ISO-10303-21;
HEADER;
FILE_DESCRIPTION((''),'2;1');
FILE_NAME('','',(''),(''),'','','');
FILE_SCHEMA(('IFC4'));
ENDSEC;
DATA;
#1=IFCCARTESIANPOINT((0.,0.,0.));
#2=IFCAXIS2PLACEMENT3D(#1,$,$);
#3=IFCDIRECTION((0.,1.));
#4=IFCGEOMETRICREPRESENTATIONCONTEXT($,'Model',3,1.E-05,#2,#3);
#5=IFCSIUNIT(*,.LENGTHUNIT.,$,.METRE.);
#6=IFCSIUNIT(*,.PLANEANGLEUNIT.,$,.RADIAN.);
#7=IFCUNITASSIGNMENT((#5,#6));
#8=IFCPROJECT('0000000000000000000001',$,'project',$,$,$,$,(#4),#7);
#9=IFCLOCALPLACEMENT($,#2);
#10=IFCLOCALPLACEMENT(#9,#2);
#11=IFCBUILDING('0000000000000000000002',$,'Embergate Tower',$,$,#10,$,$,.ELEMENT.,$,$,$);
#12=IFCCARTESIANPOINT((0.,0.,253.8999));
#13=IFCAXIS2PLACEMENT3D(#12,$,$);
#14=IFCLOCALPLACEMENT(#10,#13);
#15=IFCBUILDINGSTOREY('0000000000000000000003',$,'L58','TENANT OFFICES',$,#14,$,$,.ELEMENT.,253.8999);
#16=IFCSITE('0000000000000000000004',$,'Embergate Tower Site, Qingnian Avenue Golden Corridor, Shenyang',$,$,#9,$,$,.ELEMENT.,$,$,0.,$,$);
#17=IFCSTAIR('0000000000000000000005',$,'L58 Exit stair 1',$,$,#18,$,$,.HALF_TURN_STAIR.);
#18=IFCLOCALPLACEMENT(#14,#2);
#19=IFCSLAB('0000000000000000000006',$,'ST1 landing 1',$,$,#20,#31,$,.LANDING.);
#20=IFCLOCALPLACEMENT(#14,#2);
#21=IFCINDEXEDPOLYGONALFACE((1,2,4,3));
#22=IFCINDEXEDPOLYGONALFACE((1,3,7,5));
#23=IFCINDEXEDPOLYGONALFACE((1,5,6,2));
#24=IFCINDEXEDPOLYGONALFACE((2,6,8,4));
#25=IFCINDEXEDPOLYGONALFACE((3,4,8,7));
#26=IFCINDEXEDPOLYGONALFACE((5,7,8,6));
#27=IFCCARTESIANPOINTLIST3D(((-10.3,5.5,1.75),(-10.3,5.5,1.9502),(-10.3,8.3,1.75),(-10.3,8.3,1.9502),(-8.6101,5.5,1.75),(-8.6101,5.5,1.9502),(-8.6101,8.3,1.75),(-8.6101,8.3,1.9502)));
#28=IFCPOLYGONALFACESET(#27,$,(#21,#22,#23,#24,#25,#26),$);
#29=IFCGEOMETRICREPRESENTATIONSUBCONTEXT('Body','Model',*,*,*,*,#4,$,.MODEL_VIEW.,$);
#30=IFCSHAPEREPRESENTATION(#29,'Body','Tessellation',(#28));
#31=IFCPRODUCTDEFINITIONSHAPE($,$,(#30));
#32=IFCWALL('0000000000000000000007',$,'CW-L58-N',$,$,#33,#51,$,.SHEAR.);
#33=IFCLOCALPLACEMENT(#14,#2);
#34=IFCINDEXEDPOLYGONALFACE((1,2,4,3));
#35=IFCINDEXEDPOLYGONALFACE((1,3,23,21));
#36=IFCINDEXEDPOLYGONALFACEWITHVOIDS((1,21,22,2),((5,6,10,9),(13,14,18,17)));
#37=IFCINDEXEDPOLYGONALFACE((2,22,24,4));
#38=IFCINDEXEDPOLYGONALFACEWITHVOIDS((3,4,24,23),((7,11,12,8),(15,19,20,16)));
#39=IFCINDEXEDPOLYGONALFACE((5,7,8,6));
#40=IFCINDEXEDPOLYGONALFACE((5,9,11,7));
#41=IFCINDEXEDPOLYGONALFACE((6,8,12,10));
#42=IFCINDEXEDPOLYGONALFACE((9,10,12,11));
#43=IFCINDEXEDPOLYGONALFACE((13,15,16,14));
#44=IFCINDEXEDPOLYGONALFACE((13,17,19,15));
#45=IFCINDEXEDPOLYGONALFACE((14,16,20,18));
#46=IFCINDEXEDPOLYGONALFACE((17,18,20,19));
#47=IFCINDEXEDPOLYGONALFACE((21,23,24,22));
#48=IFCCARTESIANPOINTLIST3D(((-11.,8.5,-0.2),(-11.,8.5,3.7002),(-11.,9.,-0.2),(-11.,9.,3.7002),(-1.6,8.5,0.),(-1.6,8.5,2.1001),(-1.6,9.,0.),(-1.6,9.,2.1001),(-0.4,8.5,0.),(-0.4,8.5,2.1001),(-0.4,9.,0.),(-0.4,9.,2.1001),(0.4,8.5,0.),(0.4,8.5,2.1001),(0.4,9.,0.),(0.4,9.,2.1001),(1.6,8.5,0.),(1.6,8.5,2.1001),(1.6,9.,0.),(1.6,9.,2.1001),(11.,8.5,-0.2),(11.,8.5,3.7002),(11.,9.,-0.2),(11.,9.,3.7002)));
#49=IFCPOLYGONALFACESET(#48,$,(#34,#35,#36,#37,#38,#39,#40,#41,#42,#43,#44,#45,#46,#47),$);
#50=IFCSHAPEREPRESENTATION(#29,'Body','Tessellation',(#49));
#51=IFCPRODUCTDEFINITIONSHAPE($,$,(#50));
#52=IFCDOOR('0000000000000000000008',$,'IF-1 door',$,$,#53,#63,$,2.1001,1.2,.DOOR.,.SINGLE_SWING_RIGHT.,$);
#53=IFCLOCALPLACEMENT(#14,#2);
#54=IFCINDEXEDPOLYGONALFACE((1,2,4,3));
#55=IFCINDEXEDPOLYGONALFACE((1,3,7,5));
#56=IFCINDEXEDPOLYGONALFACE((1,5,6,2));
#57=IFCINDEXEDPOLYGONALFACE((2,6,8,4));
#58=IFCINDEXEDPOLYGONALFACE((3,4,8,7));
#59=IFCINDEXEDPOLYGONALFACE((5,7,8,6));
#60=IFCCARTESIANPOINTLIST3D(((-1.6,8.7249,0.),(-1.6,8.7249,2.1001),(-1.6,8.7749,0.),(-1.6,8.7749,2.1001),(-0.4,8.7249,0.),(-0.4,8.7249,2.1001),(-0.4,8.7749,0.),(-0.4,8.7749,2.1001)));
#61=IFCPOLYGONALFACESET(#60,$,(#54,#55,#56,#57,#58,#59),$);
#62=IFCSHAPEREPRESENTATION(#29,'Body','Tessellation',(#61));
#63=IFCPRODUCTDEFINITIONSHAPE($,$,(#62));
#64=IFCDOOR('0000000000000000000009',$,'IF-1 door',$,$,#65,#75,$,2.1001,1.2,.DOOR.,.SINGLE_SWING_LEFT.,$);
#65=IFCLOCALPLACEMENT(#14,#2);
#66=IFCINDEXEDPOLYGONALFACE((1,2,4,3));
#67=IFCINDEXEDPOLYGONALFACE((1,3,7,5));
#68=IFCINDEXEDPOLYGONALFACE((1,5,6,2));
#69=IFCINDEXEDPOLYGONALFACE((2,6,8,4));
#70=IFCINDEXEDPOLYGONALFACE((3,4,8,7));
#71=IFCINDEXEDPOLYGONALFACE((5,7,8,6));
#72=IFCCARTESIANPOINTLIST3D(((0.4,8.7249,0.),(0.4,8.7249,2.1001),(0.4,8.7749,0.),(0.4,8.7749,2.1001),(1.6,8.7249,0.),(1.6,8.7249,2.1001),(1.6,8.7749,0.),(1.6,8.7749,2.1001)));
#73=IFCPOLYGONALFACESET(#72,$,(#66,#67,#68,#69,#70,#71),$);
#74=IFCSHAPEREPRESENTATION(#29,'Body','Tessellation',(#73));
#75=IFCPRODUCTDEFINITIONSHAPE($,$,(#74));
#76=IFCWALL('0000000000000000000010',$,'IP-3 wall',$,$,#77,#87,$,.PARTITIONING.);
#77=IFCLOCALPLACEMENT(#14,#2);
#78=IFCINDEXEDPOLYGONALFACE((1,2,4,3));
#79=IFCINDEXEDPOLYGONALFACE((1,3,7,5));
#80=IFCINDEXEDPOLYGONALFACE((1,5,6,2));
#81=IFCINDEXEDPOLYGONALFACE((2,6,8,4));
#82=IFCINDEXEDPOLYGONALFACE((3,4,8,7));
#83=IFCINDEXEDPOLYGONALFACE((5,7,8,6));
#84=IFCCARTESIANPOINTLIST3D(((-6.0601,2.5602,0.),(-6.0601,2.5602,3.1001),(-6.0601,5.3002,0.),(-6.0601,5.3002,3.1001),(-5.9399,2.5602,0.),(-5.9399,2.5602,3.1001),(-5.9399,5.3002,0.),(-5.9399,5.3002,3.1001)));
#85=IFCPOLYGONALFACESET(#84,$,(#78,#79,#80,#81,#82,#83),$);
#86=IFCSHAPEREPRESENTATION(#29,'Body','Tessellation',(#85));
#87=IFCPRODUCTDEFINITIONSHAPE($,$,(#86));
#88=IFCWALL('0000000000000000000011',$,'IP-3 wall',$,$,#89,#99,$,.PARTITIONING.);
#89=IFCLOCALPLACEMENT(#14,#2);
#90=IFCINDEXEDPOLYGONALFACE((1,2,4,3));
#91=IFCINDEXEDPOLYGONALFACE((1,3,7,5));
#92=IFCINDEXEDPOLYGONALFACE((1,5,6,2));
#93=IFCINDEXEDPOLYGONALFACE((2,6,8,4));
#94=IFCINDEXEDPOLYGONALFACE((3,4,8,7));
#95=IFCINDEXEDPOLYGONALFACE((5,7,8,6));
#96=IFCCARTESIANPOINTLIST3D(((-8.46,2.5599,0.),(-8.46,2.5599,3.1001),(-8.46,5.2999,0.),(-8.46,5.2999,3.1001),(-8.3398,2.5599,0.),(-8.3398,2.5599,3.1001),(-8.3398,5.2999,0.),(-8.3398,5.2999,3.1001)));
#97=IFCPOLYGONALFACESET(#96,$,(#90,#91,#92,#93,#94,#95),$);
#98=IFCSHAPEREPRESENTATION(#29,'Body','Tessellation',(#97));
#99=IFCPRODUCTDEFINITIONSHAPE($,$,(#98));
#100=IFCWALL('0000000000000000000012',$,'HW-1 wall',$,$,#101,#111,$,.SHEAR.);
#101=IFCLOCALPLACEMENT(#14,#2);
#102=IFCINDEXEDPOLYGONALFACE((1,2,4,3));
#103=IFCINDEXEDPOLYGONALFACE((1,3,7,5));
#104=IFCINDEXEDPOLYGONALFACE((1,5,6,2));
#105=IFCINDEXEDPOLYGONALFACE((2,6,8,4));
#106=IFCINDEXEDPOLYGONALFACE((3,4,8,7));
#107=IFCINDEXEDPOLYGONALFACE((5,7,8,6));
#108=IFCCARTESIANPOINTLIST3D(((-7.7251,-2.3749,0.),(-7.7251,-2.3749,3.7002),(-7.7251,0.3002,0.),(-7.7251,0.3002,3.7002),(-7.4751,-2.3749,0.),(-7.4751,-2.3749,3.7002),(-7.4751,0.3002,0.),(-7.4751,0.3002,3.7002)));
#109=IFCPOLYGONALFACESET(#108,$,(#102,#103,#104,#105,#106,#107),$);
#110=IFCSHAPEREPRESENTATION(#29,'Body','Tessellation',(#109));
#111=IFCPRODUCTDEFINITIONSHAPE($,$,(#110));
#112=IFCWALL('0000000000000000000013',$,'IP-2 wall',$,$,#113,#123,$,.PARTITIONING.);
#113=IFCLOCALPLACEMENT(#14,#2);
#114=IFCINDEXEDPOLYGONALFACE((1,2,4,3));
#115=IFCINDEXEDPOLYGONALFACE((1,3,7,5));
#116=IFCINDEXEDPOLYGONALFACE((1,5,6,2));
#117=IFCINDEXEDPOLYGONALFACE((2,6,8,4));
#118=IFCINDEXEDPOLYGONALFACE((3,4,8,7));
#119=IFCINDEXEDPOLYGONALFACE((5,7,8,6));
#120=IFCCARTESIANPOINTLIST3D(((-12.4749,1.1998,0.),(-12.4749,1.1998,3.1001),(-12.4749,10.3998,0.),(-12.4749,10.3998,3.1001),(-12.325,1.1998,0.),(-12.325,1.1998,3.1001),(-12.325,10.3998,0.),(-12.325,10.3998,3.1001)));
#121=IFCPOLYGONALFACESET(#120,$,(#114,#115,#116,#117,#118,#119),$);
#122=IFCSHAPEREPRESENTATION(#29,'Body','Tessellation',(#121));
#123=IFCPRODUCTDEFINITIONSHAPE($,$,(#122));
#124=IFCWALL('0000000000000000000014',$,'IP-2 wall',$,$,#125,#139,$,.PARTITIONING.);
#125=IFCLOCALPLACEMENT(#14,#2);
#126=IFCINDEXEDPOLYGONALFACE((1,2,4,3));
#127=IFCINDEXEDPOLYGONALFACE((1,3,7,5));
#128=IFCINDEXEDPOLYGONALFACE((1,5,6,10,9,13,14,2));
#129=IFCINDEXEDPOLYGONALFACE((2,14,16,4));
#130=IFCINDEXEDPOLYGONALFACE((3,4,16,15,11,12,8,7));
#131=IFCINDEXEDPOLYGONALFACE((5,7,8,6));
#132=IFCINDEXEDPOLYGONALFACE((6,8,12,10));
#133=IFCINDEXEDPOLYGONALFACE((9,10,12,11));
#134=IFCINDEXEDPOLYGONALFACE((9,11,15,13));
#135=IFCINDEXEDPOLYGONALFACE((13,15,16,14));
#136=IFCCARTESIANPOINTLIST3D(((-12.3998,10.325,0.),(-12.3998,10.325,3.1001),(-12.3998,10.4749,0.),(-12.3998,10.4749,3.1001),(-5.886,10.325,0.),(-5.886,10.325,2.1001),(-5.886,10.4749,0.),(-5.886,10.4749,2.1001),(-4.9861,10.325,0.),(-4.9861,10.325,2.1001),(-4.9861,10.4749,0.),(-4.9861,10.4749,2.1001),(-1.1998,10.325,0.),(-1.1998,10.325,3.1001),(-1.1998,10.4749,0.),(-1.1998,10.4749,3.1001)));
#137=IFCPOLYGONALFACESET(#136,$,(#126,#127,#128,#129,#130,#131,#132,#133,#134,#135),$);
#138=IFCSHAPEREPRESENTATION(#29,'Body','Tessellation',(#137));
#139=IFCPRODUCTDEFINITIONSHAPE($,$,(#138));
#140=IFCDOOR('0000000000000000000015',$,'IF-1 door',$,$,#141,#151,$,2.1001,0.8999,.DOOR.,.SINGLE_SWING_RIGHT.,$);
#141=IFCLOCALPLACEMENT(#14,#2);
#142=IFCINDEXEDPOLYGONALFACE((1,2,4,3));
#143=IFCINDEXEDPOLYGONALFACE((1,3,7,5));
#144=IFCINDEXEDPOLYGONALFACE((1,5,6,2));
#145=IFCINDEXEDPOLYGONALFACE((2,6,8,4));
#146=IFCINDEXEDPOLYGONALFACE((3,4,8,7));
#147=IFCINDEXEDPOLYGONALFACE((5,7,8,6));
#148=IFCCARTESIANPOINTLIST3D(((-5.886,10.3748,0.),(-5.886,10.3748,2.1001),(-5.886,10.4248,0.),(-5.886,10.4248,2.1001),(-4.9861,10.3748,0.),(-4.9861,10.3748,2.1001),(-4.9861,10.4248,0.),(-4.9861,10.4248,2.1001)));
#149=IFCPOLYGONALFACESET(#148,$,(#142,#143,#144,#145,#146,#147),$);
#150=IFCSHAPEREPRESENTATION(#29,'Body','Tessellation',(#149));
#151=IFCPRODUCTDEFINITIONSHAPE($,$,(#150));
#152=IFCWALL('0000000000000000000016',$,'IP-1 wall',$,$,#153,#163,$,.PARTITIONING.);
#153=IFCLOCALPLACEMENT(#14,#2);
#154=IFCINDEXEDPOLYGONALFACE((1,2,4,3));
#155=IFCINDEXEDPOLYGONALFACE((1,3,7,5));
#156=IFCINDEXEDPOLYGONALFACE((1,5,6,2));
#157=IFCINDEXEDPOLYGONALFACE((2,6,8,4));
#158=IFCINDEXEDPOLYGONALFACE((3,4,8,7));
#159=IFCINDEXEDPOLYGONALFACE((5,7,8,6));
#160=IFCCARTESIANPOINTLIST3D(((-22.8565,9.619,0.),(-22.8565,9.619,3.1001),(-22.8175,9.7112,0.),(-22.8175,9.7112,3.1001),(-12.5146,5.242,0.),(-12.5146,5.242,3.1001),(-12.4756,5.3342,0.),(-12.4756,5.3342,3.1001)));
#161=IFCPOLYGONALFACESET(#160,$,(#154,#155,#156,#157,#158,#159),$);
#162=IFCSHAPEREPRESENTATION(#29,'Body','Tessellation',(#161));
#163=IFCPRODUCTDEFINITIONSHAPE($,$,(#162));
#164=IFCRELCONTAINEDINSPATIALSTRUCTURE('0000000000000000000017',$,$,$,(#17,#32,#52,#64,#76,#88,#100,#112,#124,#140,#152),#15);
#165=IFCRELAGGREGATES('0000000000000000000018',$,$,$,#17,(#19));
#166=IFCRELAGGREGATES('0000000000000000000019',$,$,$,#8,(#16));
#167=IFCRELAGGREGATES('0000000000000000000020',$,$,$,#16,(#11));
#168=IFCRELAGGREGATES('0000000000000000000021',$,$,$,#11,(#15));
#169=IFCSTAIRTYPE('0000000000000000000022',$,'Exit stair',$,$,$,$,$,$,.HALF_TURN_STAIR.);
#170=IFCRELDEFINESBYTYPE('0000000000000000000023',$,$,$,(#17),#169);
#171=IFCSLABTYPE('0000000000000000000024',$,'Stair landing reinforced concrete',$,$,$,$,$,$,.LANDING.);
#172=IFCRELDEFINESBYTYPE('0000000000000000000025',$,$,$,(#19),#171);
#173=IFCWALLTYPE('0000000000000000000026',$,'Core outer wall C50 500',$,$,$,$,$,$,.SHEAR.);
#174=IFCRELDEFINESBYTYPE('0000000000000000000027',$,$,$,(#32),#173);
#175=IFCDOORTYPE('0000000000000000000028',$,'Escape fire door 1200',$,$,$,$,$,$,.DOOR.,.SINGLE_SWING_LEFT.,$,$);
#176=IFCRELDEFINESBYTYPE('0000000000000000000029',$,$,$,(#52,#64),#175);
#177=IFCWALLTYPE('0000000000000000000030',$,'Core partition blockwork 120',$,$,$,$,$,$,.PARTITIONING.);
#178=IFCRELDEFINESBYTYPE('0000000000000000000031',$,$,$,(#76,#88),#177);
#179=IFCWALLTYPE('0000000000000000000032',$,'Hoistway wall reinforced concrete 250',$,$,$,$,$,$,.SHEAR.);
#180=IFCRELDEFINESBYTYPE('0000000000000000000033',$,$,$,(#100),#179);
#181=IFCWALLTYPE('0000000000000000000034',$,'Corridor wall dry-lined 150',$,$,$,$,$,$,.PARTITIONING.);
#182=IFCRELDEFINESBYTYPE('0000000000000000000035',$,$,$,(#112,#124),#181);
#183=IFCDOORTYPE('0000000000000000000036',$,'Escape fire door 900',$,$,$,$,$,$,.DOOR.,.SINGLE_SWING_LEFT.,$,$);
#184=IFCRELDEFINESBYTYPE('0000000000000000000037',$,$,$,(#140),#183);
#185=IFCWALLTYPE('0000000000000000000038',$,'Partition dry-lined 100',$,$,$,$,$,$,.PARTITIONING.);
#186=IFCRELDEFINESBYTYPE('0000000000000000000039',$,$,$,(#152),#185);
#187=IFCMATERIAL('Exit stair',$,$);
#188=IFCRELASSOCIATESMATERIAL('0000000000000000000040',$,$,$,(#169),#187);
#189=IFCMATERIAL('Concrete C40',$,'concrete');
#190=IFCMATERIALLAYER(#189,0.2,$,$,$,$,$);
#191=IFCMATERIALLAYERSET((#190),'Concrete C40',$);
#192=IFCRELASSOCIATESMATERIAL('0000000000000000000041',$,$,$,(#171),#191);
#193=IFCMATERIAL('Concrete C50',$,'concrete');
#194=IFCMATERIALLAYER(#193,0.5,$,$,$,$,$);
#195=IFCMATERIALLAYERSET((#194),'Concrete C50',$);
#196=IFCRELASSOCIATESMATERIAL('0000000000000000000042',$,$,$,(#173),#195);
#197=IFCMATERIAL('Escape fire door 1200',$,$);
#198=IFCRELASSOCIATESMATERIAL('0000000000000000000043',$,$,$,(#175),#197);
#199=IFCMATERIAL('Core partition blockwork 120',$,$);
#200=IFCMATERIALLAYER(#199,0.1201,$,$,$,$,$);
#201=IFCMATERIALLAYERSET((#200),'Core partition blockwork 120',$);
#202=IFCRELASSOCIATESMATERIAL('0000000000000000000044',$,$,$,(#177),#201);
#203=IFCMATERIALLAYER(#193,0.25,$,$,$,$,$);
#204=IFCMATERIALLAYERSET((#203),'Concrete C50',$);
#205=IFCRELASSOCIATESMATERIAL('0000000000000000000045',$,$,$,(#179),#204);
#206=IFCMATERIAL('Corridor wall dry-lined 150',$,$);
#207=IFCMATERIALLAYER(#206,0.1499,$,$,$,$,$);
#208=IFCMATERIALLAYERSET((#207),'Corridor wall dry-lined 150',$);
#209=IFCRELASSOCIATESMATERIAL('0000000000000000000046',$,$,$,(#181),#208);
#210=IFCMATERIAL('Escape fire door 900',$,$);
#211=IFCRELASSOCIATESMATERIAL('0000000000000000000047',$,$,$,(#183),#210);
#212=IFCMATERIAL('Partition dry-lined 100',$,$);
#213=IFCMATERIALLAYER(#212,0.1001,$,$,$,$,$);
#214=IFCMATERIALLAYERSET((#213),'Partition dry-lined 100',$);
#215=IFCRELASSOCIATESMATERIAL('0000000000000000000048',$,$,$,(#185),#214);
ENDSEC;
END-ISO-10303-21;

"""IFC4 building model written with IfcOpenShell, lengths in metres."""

from ifc_helpers import new_model, si_unit, direction, frame, frame_2d, origin, place, context, subcontext, project, spatial, polyline, rectangle, outline, extrude, source, transform, mapped, material, layer, layer_set, type_object, element, fill, aggregate, save


model = new_model("IFC4")

# Units and contexts
model_context = context("Model", 3, precision=1e-05, world=origin(), true_north=direction((0.0, 1.0)))
body_context = subcontext(model_context, "Body", "Model", "MODEL_VIEW")
ifc_project = project(units=[si_unit("LENGTHUNIT", "METRE"), si_unit("PLANEANGLEUNIT", "RADIAN")], contexts=[model_context])

# Site, building, storey
site_placement = place(None, origin())
site = spatial("IfcSite", under=ifc_project, at=site_placement, Name="Embergate Tower Site, Qingnian Avenue Golden Corridor, Shenyang", CompositionType="ELEMENT", RefElevation=0.0)
building_placement = place(site_placement, origin())
building = spatial("IfcBuilding", under=site, at=building_placement, Name="Embergate Tower", CompositionType="ELEMENT")
storey_placement = place(building_placement, frame((0.0, 0.0, 253.8999)))
storey = spatial("IfcBuildingStorey", under=building, at=storey_placement, Name="L58", Description="TENANT OFFICES", CompositionType="ELEMENT", Elevation=253.8999)

# Stair, slab
ifc_material_1 = material(Name="Exit stair")
stair_type = type_object("IfcStairType", Name="Exit stair", PredefinedType="HALF_TURN_STAIR", material=ifc_material_1)
stair_placement = place(storey_placement, origin())
stair = element("IfcStair", 1, at=stair_placement, inside=storey, type_object=stair_type, Name="L58 Exit stair 1", PredefinedType="HALF_TURN_STAIR")
ifc_material_2 = material(Name="Concrete C40", Category="concrete")
ifc_layer_1 = layer(ifc_material_2, 0.2)
ifc_layer_set_1 = layer_set([ifc_layer_1], Name="Concrete C40")
slab_type = type_object("IfcSlabType", Name="Stair landing reinforced concrete", PredefinedType="LANDING", material=ifc_layer_set_1)
shared_shape_1 = source(origin(), body_context, "Body", "SweptSolid", [
    extrude(outline(polyline([(0.0, 0.0), (1.6899, 0.0), (1.6899, 2.8), (0.0, 2.8), (0.0, 0.0)])), origin(), (0.0, 0.0, 1.0), 0.2002),
])
slab_placement = place(storey_placement, frame((-10.3, 5.5, 1.75)))
slab = element("IfcSlab", 2, at=slab_placement, type_object=slab_type, Name="ST1 landing 1", PredefinedType="LANDING", context=body_context, shape_type="MappedRepresentation", body=[
    mapped(shared_shape_1, transform((0.0, 0.0, 0.0))),
])

# Wall, openings, doors
ifc_material_3 = material(Name="Concrete C50", Category="concrete")
ifc_layer_2 = layer(ifc_material_3, 0.5)
ifc_layer_set_2 = layer_set([ifc_layer_2], Name="Concrete C50")
wall_type_1 = type_object("IfcWallType", Name="Core outer wall C50 500", PredefinedType="SHEAR", material=ifc_layer_set_2)
shared_shape_2 = source(origin(), body_context, "Body", "SweptSolid", [
    extrude(rectangle(XDim=22.0, YDim=0.5, at=frame_2d((11.0, 0.0))), origin(), (0.0, 0.0, 1.0), 3.9001),
])
wall_1_placement = place(storey_placement, frame((-11.0, 8.75, -0.2), z_axis=(0.0, 0.0, 1.0), x_axis=(1.0, 0.0, 0.0)))
wall_1 = element("IfcWall", 3, at=wall_1_placement, inside=storey, type_object=wall_type_1, Name="CW-L58-N", PredefinedType="SHEAR", context=body_context, shape_type="MappedRepresentation", body=[
    mapped(shared_shape_2, transform((0.0, 0.0, 0.0))),
])
shared_shape_3 = source(origin(), body_context, "Body", "SweptSolid", [
    extrude(rectangle(XDim=1.2, YDim=2.1001, at=frame_2d((0.6001, 1.05))), frame((0.0, 0.26, 0.0), z_axis=(0.0, -1.0, 0.0), x_axis=(1.0, 0.0, 0.0)), (0.0, 0.0, 1.0), 0.52),
])
opening_1_placement = place(wall_1_placement, frame((9.3999, 0.0, 0.2)))
opening_1 = element("IfcOpeningElement", 4, at=opening_1_placement, cuts=wall_1, PredefinedType="OPENING", context=body_context, shape_type="MappedRepresentation", body=[
    mapped(shared_shape_3, transform((0.0, 0.0, 0.0))),
])
opening_2_placement = place(wall_1_placement, frame((11.3999, 0.0, 0.2)))
opening_2 = element("IfcOpeningElement", 5, at=opening_2_placement, cuts=wall_1, PredefinedType="OPENING", context=body_context, shape_type="MappedRepresentation", body=[
    mapped(shared_shape_3, transform((0.0, 0.0, 0.0))),
])
ifc_material_4 = material(Name="Escape fire door 1200")
door_type_1 = type_object("IfcDoorType", Name="Escape fire door 1200", OperationType="SINGLE_SWING_LEFT", PredefinedType="DOOR", material=ifc_material_4)
shared_shape_4 = source(origin(), body_context, "Body", "SweptSolid", [
    extrude(rectangle(XDim=1.2, YDim=2.1001, at=frame_2d((0.6001, 1.05))), frame((0.0, 0.0249, 0.0), z_axis=(0.0, -1.0, 0.0), x_axis=(1.0, 0.0, 0.0)), (0.0, 0.0, 1.0), 0.05),
])
door_1_placement = place(opening_1_placement, origin())
door_1 = element("IfcDoor", 6, at=door_1_placement, inside=storey, type_object=door_type_1, Name="IF-1 door", OperationType="SINGLE_SWING_RIGHT", OverallHeight=2.1001, OverallWidth=1.2, PredefinedType="DOOR", context=body_context, shape_type="MappedRepresentation", body=[
    mapped(shared_shape_4, transform((0.0, 0.0, 0.0))),
])
fill(opening_1, door_1)
door_2_placement = place(opening_2_placement, origin())
door_2 = element("IfcDoor", 7, at=door_2_placement, inside=storey, type_object=door_type_1, Name="IF-1 door", OperationType="SINGLE_SWING_LEFT", OverallHeight=2.1001, OverallWidth=1.2, PredefinedType="DOOR", context=body_context, shape_type="MappedRepresentation", body=[
    mapped(shared_shape_4, transform((0.0, 0.0, 0.0))),
])
fill(opening_2, door_2)

# Walls
ifc_material_5 = material(Name="Core partition blockwork 120")
ifc_layer_3 = layer(ifc_material_5, 0.1201)
ifc_layer_set_3 = layer_set([ifc_layer_3], Name="Core partition blockwork 120")
wall_type_2 = type_object("IfcWallType", Name="Core partition blockwork 120", PredefinedType="PARTITIONING", material=ifc_layer_set_3)
shared_shape_5 = source(origin(), body_context, "Body", "SweptSolid", [
    extrude(rectangle(XDim=2.74, YDim=0.1201, at=frame_2d((1.3701, 0.0))), origin(), (0.0, 0.0, 1.0), 3.1001),
])
for number, where, z_axis, x_axis, name in (
    (8, (-6.0, 2.5601, 0.0), (0.0, 0.0, 1.0), (0.0, 1.0, 0.0), "IP-3 wall"),
    (9, (-8.3999, 5.3, 0.0), (0.0, 0.0, 1.0), (0.0, -1.0, 0.0), "IP-3 wall"),
):
    element("IfcWall", number, at=place(storey_placement, frame(where, z_axis=z_axis, x_axis=x_axis)), inside=storey, type_object=wall_type_2, Name=name, PredefinedType="PARTITIONING", context=body_context, shape_type="MappedRepresentation", body=[
        mapped(shared_shape_5, transform((0.0, 0.0, 0.0))),
    ])
ifc_layer_4 = layer(ifc_material_3, 0.25)
ifc_layer_set_4 = layer_set([ifc_layer_4], Name="Concrete C50")
wall_type_3 = type_object("IfcWallType", Name="Hoistway wall reinforced concrete 250", PredefinedType="SHEAR", material=ifc_layer_set_4)
shared_shape_6 = source(origin(), body_context, "Body", "SweptSolid", [
    extrude(rectangle(XDim=2.675, YDim=0.25, at=frame_2d((1.3374, 0.0))), origin(), (0.0, 0.0, 1.0), 3.7002),
])
wall_2_placement = place(storey_placement, frame((-7.6001, 0.3, 0.0), z_axis=(0.0, 0.0, 1.0), x_axis=(0.0, -1.0, 0.0)))
element("IfcWall", 10, at=wall_2_placement, inside=storey, type_object=wall_type_3, Name="HW-1 wall", PredefinedType="SHEAR", context=body_context, shape_type="MappedRepresentation", body=[
    mapped(shared_shape_6, transform((0.0, 0.0, 0.0))),
])
ifc_material_6 = material(Name="Corridor wall dry-lined 150")
ifc_layer_5 = layer(ifc_material_6, 0.1499)
ifc_layer_set_5 = layer_set([ifc_layer_5], Name="Corridor wall dry-lined 150")
wall_type_4 = type_object("IfcWallType", Name="Corridor wall dry-lined 150", PredefinedType="PARTITIONING", material=ifc_layer_set_5)
shared_shape_7 = source(origin(), body_context, "Body", "SweptSolid", [
    extrude(rectangle(XDim=9.2, YDim=0.1499, at=frame_2d((4.6001, 0.0))), origin(), (0.0, 0.0, 1.0), 3.1001),
])
wall_3_placement = place(storey_placement, frame((-12.3999, 10.3999, 0.0), z_axis=(0.0, 0.0, 1.0), x_axis=(0.0, -1.0, 0.0)))
element("IfcWall", 11, at=wall_3_placement, inside=storey, type_object=wall_type_4, Name="IP-2 wall", PredefinedType="PARTITIONING", context=body_context, shape_type="MappedRepresentation", body=[
    mapped(shared_shape_7, transform((0.0, 0.0, 0.0))),
])

# Wall, opening, door
shared_shape_8 = source(origin(), body_context, "Body", "SweptSolid", [
    extrude(rectangle(XDim=11.2, YDim=0.1499, at=frame_2d((5.6001, 0.0))), origin(), (0.0, 0.0, 1.0), 3.1001),
])
wall_4_placement = place(storey_placement, frame((-12.3999, 10.3999, 0.0), z_axis=(0.0, 0.0, 1.0), x_axis=(1.0, 0.0, 0.0)))
wall_4 = element("IfcWall", 12, at=wall_4_placement, inside=storey, type_object=wall_type_4, Name="IP-2 wall", PredefinedType="PARTITIONING", context=body_context, shape_type="MappedRepresentation", body=[
    mapped(shared_shape_8, transform((0.0, 0.0, 0.0))),
])
shared_shape_9 = source(origin(), body_context, "Body", "SweptSolid", [
    extrude(rectangle(XDim=0.8999, YDim=2.1001, at=frame_2d((0.45, 1.05))), frame((0.0, 0.085, 0.0), z_axis=(0.0, -1.0, 0.0), x_axis=(1.0, 0.0, 0.0)), (0.0, 0.0, 1.0), 0.1699),
])
opening_3_placement = place(wall_4_placement, frame((6.5139, 0.0, 0.0)))
opening_3 = element("IfcOpeningElement", 13, at=opening_3_placement, cuts=wall_4, PredefinedType="OPENING", context=body_context, shape_type="MappedRepresentation", body=[
    mapped(shared_shape_9, transform((0.0, 0.0, 0.0))),
])
ifc_material_7 = material(Name="Escape fire door 900")
door_type_2 = type_object("IfcDoorType", Name="Escape fire door 900", OperationType="SINGLE_SWING_LEFT", PredefinedType="DOOR", material=ifc_material_7)
shared_shape_10 = source(origin(), body_context, "Body", "SweptSolid", [
    extrude(rectangle(XDim=0.8999, YDim=2.1001, at=frame_2d((0.45, 1.05))), frame((0.0, 0.0249, 0.0), z_axis=(0.0, -1.0, 0.0), x_axis=(1.0, 0.0, 0.0)), (0.0, 0.0, 1.0), 0.05),
])
door_3_placement = place(opening_3_placement, origin())
door_3 = element("IfcDoor", 14, at=door_3_placement, inside=storey, type_object=door_type_2, Name="IF-1 door", OperationType="SINGLE_SWING_RIGHT", OverallHeight=2.1001, OverallWidth=0.8999, PredefinedType="DOOR", context=body_context, shape_type="MappedRepresentation", body=[
    mapped(shared_shape_10, transform((0.0, 0.0, 0.0))),
])
fill(opening_3, door_3)

# Wall
ifc_material_8 = material(Name="Partition dry-lined 100")
ifc_layer_6 = layer(ifc_material_8, 0.1001)
ifc_layer_set_6 = layer_set([ifc_layer_6], Name="Partition dry-lined 100")
wall_type_5 = type_object("IfcWallType", Name="Partition dry-lined 100", PredefinedType="PARTITIONING", material=ifc_layer_set_6)
shared_shape_11 = source(origin(), body_context, "Body", "SweptSolid", [
    extrude(rectangle(XDim=11.23, YDim=0.1001, at=frame_2d((5.615, 0.0))), origin(), (0.0, 0.0, 1.0), 3.1001),
])
wall_5_placement = place(storey_placement, frame((-12.4951, 5.2881, 0.0), z_axis=(0.0, 0.0, 1.0), x_axis=(-0.920917, 0.389759, 0.0)))
element("IfcWall", 15, at=wall_5_placement, inside=storey, type_object=wall_type_5, Name="IP-1 wall", PredefinedType="PARTITIONING", context=body_context, shape_type="MappedRepresentation", body=[
    mapped(shared_shape_11, transform((0.0, 0.0, 0.0))),
])

aggregate(stair, [slab])

save(model, "model.ifc")
